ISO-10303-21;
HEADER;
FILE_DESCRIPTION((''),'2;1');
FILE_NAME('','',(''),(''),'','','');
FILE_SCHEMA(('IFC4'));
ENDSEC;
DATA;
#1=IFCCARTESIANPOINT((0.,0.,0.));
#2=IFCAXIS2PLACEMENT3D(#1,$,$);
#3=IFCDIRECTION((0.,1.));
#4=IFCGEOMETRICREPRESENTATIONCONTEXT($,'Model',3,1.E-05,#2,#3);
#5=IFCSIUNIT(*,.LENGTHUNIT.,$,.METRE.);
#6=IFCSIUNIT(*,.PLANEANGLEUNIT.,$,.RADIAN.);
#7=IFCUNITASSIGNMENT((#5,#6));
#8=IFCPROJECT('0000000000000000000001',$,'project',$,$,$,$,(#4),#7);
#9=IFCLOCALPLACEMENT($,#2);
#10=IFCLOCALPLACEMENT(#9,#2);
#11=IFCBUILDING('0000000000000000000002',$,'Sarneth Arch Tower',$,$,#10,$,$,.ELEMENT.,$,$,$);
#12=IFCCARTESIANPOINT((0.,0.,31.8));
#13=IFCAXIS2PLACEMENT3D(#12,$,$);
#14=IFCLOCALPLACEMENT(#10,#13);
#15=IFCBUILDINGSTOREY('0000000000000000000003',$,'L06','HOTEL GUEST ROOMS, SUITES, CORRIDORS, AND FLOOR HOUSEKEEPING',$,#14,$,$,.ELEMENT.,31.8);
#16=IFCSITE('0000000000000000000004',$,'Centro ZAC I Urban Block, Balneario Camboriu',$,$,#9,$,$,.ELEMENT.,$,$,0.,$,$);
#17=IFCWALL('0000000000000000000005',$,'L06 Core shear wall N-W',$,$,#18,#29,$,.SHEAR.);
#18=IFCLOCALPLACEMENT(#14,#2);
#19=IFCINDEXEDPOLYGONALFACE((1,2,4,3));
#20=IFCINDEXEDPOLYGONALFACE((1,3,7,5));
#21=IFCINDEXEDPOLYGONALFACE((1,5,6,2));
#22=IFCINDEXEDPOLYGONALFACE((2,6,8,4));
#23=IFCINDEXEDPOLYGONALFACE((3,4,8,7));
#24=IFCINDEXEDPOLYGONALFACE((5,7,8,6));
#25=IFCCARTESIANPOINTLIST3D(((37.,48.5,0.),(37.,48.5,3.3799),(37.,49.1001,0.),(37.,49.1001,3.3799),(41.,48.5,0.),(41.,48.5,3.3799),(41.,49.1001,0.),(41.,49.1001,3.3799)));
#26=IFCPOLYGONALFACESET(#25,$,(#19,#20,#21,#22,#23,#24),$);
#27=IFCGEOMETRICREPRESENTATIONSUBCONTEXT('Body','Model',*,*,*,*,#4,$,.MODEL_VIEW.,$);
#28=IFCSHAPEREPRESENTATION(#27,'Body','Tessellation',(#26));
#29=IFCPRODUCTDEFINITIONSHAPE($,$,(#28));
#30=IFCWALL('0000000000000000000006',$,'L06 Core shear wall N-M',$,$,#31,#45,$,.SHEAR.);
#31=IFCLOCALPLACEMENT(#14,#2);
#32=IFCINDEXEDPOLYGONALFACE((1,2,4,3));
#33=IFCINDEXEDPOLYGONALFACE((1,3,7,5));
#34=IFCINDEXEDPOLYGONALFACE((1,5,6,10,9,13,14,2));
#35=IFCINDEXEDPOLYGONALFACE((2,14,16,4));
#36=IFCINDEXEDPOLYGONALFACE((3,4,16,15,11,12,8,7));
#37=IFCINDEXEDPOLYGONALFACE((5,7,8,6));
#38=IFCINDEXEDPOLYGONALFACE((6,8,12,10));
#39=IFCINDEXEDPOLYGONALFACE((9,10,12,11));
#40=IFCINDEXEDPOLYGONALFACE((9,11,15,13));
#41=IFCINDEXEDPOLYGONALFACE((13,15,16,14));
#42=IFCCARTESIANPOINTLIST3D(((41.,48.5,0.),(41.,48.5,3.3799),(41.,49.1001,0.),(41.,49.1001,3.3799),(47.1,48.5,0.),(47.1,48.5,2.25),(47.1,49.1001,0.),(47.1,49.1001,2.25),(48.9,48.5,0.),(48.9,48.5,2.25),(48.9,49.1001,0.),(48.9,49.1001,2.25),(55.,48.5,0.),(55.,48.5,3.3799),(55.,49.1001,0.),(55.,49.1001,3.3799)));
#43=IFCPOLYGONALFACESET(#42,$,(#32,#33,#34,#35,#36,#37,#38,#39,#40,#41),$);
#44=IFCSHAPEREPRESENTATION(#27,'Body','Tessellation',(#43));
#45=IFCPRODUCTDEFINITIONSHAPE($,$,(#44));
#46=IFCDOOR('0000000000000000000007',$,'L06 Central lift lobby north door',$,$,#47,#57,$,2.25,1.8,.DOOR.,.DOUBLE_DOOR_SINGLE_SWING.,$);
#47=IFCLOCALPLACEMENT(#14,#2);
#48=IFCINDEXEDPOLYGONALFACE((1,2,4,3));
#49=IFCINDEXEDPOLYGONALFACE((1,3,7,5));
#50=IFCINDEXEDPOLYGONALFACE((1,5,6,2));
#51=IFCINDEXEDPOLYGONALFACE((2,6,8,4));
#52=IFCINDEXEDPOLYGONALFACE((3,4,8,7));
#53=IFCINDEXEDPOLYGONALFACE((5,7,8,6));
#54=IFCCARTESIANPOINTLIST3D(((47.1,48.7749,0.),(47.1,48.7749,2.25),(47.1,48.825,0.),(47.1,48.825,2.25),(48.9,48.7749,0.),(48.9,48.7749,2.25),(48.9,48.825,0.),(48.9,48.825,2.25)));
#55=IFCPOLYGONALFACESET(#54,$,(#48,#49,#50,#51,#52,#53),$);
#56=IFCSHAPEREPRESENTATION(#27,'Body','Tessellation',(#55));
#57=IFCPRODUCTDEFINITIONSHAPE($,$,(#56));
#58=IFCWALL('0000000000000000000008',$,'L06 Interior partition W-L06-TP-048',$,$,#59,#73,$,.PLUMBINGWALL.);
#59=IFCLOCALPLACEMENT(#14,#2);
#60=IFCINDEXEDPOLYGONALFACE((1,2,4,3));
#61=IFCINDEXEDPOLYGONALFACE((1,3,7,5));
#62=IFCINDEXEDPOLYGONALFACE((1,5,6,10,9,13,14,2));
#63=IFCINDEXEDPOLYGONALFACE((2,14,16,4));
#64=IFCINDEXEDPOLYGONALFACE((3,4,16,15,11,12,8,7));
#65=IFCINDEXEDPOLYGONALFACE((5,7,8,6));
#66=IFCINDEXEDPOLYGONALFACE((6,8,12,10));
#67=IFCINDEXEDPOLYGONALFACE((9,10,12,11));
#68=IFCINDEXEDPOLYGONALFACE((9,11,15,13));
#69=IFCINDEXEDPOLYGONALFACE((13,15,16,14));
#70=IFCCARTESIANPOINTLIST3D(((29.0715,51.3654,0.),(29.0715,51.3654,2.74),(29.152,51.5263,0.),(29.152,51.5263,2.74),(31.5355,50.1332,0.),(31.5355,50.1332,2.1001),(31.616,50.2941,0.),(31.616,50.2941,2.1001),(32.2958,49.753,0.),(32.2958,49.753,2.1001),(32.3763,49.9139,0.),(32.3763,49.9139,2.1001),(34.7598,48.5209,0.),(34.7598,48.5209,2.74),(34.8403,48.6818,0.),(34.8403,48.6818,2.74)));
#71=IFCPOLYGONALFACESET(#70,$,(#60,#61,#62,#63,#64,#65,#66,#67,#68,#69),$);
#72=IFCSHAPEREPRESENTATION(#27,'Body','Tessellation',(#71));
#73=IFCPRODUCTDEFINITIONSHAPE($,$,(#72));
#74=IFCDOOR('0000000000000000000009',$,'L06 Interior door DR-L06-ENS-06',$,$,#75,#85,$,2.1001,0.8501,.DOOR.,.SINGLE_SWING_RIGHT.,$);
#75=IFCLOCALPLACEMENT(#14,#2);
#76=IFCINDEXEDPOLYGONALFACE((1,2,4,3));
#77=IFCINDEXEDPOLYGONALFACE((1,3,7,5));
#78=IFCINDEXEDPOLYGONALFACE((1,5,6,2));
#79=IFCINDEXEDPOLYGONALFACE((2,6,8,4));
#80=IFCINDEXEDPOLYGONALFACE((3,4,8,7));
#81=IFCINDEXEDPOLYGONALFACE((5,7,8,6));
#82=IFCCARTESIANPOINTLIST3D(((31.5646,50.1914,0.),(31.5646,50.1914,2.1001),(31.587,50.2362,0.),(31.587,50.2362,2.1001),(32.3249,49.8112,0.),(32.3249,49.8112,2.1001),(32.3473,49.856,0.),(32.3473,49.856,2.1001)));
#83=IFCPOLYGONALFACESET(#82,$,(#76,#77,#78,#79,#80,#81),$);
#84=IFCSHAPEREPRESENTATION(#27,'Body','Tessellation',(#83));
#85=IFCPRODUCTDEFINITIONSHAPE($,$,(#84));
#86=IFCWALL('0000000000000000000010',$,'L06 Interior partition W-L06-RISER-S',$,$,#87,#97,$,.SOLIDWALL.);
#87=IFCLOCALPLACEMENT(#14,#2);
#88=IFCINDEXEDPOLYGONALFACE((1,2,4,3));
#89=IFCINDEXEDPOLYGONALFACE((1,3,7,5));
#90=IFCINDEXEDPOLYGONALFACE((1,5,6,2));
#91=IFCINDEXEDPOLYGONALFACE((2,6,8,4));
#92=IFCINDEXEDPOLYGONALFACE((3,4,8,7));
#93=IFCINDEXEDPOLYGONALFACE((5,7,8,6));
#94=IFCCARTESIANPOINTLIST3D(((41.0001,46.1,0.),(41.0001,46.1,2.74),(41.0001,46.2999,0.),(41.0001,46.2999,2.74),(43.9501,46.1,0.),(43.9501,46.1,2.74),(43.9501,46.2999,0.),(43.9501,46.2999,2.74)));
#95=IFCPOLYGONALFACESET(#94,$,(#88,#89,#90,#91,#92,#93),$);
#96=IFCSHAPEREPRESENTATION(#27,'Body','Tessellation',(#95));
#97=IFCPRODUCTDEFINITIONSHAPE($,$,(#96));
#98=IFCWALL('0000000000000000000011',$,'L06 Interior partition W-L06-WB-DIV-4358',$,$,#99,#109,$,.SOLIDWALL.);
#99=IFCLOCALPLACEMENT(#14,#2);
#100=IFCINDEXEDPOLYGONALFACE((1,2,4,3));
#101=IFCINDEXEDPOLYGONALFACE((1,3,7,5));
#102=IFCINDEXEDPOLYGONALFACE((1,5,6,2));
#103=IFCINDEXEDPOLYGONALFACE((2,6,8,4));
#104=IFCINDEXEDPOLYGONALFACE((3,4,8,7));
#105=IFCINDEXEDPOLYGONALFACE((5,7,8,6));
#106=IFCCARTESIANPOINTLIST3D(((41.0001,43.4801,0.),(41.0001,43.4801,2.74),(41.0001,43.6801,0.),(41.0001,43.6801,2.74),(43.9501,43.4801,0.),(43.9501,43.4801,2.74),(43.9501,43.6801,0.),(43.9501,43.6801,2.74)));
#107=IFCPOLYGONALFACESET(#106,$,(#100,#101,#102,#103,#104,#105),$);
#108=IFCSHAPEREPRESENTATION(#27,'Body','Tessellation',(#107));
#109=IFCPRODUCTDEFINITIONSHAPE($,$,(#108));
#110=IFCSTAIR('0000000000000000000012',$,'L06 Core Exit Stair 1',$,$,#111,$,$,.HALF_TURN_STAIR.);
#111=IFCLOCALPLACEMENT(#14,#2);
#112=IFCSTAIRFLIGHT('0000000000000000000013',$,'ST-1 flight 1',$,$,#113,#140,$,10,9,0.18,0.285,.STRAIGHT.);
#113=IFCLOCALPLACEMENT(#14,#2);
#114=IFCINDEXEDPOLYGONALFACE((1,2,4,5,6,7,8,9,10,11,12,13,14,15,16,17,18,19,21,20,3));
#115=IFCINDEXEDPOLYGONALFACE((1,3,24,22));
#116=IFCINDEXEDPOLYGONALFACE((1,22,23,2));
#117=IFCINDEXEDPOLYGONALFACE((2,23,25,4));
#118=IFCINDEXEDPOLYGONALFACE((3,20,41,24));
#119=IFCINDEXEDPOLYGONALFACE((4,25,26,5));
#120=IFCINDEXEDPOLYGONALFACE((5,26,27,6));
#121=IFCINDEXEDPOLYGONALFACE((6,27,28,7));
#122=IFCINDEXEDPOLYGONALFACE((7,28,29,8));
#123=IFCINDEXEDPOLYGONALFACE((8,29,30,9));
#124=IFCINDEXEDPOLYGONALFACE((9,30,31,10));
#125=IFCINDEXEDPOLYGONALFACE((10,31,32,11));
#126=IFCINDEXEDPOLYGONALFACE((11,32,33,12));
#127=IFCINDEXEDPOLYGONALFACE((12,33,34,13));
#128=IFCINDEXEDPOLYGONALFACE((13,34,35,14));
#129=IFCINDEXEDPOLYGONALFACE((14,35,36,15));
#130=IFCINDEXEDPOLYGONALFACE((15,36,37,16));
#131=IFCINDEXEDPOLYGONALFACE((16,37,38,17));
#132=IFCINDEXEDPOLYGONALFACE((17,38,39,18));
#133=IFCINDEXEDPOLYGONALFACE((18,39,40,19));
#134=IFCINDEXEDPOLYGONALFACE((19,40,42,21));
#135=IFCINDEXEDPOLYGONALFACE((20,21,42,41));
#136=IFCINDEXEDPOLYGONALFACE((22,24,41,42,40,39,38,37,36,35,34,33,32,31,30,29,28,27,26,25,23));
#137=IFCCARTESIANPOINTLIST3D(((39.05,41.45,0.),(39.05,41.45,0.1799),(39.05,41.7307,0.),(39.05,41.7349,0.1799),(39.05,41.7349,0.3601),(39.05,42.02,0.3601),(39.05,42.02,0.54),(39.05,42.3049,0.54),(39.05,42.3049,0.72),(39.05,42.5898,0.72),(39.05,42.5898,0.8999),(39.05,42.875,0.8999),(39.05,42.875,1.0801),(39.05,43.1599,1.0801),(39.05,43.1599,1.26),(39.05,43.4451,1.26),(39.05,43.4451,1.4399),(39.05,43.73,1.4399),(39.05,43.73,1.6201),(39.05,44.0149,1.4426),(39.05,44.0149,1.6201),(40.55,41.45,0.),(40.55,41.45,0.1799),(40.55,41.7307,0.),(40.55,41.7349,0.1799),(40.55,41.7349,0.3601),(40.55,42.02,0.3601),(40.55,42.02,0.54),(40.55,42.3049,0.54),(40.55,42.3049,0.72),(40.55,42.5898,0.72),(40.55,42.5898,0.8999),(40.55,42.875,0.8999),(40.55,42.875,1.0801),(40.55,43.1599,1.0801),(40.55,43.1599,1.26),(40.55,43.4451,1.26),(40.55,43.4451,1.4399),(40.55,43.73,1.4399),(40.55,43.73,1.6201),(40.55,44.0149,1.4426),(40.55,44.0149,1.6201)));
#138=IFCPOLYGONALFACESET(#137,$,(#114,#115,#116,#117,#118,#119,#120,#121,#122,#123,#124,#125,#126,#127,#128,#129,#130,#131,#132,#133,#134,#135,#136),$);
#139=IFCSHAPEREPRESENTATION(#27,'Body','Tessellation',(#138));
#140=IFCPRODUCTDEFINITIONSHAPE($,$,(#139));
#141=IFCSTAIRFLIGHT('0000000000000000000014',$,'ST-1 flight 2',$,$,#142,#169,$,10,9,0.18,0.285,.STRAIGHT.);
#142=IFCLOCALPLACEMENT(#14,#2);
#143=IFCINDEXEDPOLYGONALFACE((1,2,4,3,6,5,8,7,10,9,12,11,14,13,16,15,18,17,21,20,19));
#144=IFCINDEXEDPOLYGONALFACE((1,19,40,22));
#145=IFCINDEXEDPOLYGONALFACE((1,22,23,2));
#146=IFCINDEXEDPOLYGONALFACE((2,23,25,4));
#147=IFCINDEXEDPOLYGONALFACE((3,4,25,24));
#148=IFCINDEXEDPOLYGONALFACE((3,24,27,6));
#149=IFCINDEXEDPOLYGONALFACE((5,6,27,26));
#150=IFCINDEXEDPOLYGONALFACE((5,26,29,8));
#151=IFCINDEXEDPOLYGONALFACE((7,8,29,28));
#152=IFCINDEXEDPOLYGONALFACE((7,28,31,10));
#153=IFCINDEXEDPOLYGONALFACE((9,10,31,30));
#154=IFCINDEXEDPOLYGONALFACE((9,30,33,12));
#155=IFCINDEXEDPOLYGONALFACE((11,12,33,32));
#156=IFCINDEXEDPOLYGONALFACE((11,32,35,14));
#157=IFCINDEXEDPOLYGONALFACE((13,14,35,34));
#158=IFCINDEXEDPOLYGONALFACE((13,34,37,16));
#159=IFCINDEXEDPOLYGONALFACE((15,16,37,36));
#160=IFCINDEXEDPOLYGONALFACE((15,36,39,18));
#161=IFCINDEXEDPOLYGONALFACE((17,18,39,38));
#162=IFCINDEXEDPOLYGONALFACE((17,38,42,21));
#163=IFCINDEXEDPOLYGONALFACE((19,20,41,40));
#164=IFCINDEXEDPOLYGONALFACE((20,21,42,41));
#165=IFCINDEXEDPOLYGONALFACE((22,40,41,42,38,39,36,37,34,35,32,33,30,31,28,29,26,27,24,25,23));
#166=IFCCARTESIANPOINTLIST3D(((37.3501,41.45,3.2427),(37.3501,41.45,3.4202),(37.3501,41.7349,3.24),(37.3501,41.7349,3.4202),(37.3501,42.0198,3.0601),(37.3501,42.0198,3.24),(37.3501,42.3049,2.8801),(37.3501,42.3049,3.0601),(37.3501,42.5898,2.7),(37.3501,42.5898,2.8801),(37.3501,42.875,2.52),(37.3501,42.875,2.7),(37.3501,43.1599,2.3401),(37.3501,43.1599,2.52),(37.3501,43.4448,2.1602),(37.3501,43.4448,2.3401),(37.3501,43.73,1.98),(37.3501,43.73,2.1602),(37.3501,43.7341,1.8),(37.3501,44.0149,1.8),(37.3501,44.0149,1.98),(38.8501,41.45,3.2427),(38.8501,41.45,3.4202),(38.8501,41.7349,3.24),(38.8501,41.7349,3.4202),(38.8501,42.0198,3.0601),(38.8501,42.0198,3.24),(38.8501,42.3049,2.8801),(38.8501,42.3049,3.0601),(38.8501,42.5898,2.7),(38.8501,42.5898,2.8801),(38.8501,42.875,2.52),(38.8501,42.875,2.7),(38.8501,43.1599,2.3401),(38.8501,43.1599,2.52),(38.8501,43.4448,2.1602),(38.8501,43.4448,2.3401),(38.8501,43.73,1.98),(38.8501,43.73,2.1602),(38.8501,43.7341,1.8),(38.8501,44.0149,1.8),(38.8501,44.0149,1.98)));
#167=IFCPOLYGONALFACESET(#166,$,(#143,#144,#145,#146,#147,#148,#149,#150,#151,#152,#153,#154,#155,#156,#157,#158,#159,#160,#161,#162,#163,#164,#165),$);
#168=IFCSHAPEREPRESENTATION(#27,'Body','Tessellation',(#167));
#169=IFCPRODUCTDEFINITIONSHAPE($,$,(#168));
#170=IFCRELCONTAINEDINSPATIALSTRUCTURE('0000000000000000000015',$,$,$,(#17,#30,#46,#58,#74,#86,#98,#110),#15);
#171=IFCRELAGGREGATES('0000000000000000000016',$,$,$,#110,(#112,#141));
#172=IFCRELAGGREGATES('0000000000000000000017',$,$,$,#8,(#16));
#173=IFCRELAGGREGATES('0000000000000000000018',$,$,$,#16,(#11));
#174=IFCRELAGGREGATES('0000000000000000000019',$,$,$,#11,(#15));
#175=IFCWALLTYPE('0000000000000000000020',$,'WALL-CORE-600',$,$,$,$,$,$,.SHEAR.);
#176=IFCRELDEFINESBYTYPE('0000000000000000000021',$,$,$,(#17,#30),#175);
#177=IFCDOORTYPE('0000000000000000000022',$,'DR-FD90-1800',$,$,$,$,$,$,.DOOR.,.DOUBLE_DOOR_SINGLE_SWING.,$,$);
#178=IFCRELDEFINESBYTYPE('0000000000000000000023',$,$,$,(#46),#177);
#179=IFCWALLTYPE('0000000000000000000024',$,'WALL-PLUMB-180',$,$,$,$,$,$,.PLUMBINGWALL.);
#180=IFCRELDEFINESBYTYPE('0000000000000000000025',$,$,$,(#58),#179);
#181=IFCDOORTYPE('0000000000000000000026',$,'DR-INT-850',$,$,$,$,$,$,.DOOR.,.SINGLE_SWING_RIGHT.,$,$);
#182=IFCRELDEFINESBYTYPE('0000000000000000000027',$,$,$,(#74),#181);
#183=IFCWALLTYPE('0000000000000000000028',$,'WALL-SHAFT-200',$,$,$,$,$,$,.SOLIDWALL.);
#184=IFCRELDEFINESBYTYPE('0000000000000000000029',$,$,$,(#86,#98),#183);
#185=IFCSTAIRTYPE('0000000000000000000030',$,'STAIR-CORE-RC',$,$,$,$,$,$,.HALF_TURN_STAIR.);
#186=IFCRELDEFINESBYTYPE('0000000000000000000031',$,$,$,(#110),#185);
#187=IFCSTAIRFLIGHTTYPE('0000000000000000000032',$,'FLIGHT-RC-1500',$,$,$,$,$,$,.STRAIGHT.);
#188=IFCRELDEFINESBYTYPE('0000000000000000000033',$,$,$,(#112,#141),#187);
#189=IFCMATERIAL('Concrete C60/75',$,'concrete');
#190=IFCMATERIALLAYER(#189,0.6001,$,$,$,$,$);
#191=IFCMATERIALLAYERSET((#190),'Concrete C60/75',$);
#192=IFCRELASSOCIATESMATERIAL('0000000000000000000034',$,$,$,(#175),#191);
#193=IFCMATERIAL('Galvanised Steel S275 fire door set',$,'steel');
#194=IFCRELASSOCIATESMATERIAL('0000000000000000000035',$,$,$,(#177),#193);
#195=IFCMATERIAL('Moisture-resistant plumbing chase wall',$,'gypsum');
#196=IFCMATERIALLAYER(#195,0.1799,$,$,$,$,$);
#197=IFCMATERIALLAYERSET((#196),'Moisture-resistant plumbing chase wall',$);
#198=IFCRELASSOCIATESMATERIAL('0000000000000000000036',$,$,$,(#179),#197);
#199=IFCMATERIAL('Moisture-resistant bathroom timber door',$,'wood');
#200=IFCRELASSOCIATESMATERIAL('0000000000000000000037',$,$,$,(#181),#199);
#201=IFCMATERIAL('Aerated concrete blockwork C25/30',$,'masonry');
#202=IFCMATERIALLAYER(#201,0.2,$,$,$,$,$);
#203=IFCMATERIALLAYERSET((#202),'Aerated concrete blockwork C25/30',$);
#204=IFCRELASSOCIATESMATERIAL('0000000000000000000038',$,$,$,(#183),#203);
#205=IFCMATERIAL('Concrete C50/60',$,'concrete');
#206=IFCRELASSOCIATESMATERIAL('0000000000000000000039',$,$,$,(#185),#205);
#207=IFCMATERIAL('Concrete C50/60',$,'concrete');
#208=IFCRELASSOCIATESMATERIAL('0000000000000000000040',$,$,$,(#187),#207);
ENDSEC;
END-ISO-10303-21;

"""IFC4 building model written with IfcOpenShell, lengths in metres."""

from ifc_helpers import new_model, si_unit, direction, frame, frame_2d, origin, place, context, subcontext, project, spatial, polyline, rectangle, outline, extrude, material, layer, layer_set, type_object, element, fill, aggregate, save


model = new_model("IFC4")

# Units and contexts
model_context = context("Model", 3, precision=1e-05, world=origin(), true_north=direction((0.0, 1.0)))
body_context = subcontext(model_context, "Body", "Model", "MODEL_VIEW")
ifc_project = project(units=[si_unit("LENGTHUNIT", "METRE"), si_unit("PLANEANGLEUNIT", "RADIAN")], contexts=[model_context])

# Site, building, storey
site_placement = place(None, origin())
site = spatial("IfcSite", under=ifc_project, at=site_placement, Name="Centro ZAC I Urban Block, Balneario Camboriu", CompositionType="ELEMENT", RefElevation=0.0)
building_placement = place(site_placement, origin())
building = spatial("IfcBuilding", under=site, at=building_placement, Name="Sarneth Arch Tower", CompositionType="ELEMENT")
storey_placement = place(building_placement, frame((0.0, 0.0, 31.8)))
storey = spatial("IfcBuildingStorey", under=building, at=storey_placement, Name="L06", Description="HOTEL GUEST ROOMS, SUITES, CORRIDORS, AND FLOOR HOUSEKEEPING", CompositionType="ELEMENT", Elevation=31.8)

# Wall
ifc_material_1 = material(Name="Concrete C60/75", Category="concrete")
ifc_layer_1 = layer(ifc_material_1, 0.6001)
ifc_layer_set_1 = layer_set([ifc_layer_1], Name="Concrete C60/75")
wall_type_1 = type_object("IfcWallType", Name="WALL-CORE-600", PredefinedType="SHEAR", material=ifc_layer_set_1)
wall_1_placement = place(storey_placement, frame((37.0, 48.8, 0.0), z_axis=(0.0, 0.0, 1.0), x_axis=(1.0, 0.0, 0.0)))
element("IfcWall", 1, at=wall_1_placement, inside=storey, type_object=wall_type_1, Name="L06 Core shear wall N-W", PredefinedType="SHEAR", context=body_context, shape_type="SweptSolid", body=[
    extrude(rectangle(XDim=4.0, YDim=0.6001, at=frame_2d((2.0, 0.0))), origin(), (0.0, 0.0, 1.0), 3.3799),
])

# Walls, openings, doors
wall_2_placement = place(storey_placement, frame((41.0, 48.8, 0.0), z_axis=(0.0, 0.0, 1.0), x_axis=(1.0, 0.0, 0.0)))
wall_2 = element("IfcWall", 2, at=wall_2_placement, inside=storey, type_object=wall_type_1, Name="L06 Core shear wall N-M", PredefinedType="SHEAR", context=body_context, shape_type="SweptSolid", body=[
    extrude(rectangle(XDim=14.0, YDim=0.6001, at=frame_2d((7.0, 0.0))), origin(), (0.0, 0.0, 1.0), 3.3799),
])
opening_1_placement = place(wall_2_placement, frame((6.1001, 0.0, 0.0)))
opening_1 = element("IfcOpeningElement", 3, at=opening_1_placement, cuts=wall_2, PredefinedType="OPENING", context=body_context, shape_type="SweptSolid", body=[
    extrude(rectangle(XDim=1.8, YDim=2.25, at=frame_2d((0.8999, 1.125))), frame((0.0, 0.3101, 0.0), z_axis=(0.0, -1.0, 0.0), x_axis=(1.0, 0.0, 0.0)), (0.0, 0.0, 1.0), 0.6201),
])
ifc_material_2 = material(Name="Galvanised Steel S275 fire door set", Category="steel")
door_type_1 = type_object("IfcDoorType", Name="DR-FD90-1800", OperationType="DOUBLE_DOOR_SINGLE_SWING", PredefinedType="DOOR", material=ifc_material_2)
door_1_placement = place(opening_1_placement, origin())
door_1 = element("IfcDoor", 4, at=door_1_placement, inside=storey, type_object=door_type_1, Name="L06 Central lift lobby north door", OperationType="DOUBLE_DOOR_SINGLE_SWING", OverallHeight=2.25, OverallWidth=1.8, PredefinedType="DOOR", context=body_context, shape_type="SweptSolid", body=[
    extrude(rectangle(XDim=1.8, YDim=2.25, at=frame_2d((0.8999, 1.125))), frame((0.0, 0.0249, 0.0), z_axis=(0.0, -1.0, 0.0), x_axis=(1.0, 0.0, 0.0)), (0.0, 0.0, 1.0), 0.05),
])
fill(opening_1, door_1)
ifc_material_3 = material(Name="Moisture-resistant plumbing chase wall", Category="gypsum")
ifc_layer_2 = layer(ifc_material_3, 0.1799)
ifc_layer_set_2 = layer_set([ifc_layer_2], Name="Moisture-resistant plumbing chase wall")
wall_type_2 = type_object("IfcWallType", Name="WALL-PLUMB-180", PredefinedType="PLUMBINGWALL", material=ifc_layer_set_2)
wall_3_placement = place(storey_placement, frame((34.8, 48.6013, 0.0), z_axis=(0.0, 0.0, 1.0), x_axis=(-0.894404, 0.44726, 0.0)))
wall_3 = element("IfcWall", 5, at=wall_3_placement, inside=storey, type_object=wall_type_2, Name="L06 Interior partition W-L06-TP-048", PredefinedType="PLUMBINGWALL", context=body_context, shape_type="SweptSolid", body=[
    extrude(rectangle(XDim=6.3599, YDim=0.1799, at=frame_2d((3.1799, 0.0))), origin(), (0.0, 0.0, 1.0), 2.74),
])
opening_2_placement = place(wall_3_placement, frame((2.7549, 0.0, 0.0)))
opening_2 = element("IfcOpeningElement", 6, at=opening_2_placement, cuts=wall_3, PredefinedType="OPENING", context=body_context, shape_type="SweptSolid", body=[
    extrude(rectangle(XDim=0.8501, YDim=2.1001, at=frame_2d((0.425, 1.05))), frame((0.0, 0.0999, 0.0), z_axis=(0.0, -1.0, 0.0), x_axis=(1.0, 0.0, 0.0)), (0.0, 0.0, 1.0), 0.2),
])
ifc_material_4 = material(Name="Moisture-resistant bathroom timber door", Category="wood")
door_type_2 = type_object("IfcDoorType", Name="DR-INT-850", OperationType="SINGLE_SWING_RIGHT", PredefinedType="DOOR", material=ifc_material_4)
door_2_placement = place(opening_2_placement, origin())
door_2 = element("IfcDoor", 7, at=door_2_placement, inside=storey, type_object=door_type_2, Name="L06 Interior door DR-L06-ENS-06", OperationType="SINGLE_SWING_RIGHT", OverallHeight=2.1001, OverallWidth=0.8501, PredefinedType="DOOR", context=body_context, shape_type="SweptSolid", body=[
    extrude(rectangle(XDim=0.8501, YDim=2.1001, at=frame_2d((0.425, 1.05))), frame((0.0, 0.0249, 0.0), z_axis=(0.0, -1.0, 0.0), x_axis=(1.0, 0.0, 0.0)), (0.0, 0.0, 1.0), 0.05),
])
fill(opening_2, door_2)

# Wall
ifc_material_5 = material(Name="Aerated concrete blockwork C25/30", Category="masonry")
ifc_layer_3 = layer(ifc_material_5, 0.2)
ifc_layer_set_3 = layer_set([ifc_layer_3], Name="Aerated concrete blockwork C25/30")
wall_type_3 = type_object("IfcWallType", Name="WALL-SHAFT-200", PredefinedType="SOLIDWALL", material=ifc_layer_set_3)
wall_4_placement = place(storey_placement, frame((41.0, 46.2, 0.0), z_axis=(0.0, 0.0, 1.0), x_axis=(1.0, 0.0, 0.0)))
element("IfcWall", 8, at=wall_4_placement, inside=storey, type_object=wall_type_3, Name="L06 Interior partition W-L06-RISER-S", PredefinedType="SOLIDWALL", context=body_context, shape_type="SweptSolid", body=[
    extrude(rectangle(XDim=2.95, YDim=0.2, at=frame_2d((1.4751, 0.0))), origin(), (0.0, 0.0, 1.0), 2.74),
])

# Wall
wall_5_placement = place(storey_placement, frame((41.0, 43.5801, 0.0), z_axis=(0.0, 0.0, 1.0), x_axis=(1.0, 0.0, 0.0)))
element("IfcWall", 9, at=wall_5_placement, inside=storey, type_object=wall_type_3, Name="L06 Interior partition W-L06-WB-DIV-4358", PredefinedType="SOLIDWALL", context=body_context, shape_type="SweptSolid", body=[
    extrude(rectangle(XDim=2.95, YDim=0.2, at=frame_2d((1.4751, 0.0))), origin(), (0.0, 0.0, 1.0), 2.74),
])

# Stair, stair flights
ifc_material_6 = material(Name="Concrete C50/60", Category="concrete")
stair_type = type_object("IfcStairType", Name="STAIR-CORE-RC", PredefinedType="HALF_TURN_STAIR", material=ifc_material_6)
stair_placement = place(storey_placement, origin())
stair = element("IfcStair", 10, at=stair_placement, inside=storey, type_object=stair_type, Name="L06 Core Exit Stair 1", PredefinedType="HALF_TURN_STAIR")
ifc_material_7 = material(Name="Concrete C50/60", Category="concrete")
stair_flight_type = type_object("IfcStairFlightType", Name="FLIGHT-RC-1500", PredefinedType="STRAIGHT", material=ifc_material_7)
stair_flight_1_placement = place(storey_placement, frame((39.8, 41.45, 0.0), z_axis=(0.0, 0.0, 1.0), x_axis=(0.0, 1.0, 0.0)))
stair_flight_1 = element("IfcStairFlight", 11, at=stair_flight_1_placement, type_object=stair_flight_type, Name="ST-1 flight 1", NumberOfRisers=10, NumberOfTreads=9, PredefinedType="STRAIGHT", RiserHeight=0.18, TreadLength=0.285, context=body_context, shape_type="SweptSolid", body=[
    extrude(outline(polyline([(0.0, 0.0), (0.0, 0.1799), (0.2849, 0.1799), (0.2849, 0.3601), (0.5701, 0.3601), (0.5701, 0.54), (0.855, 0.54), (0.855, 0.72), (1.1399, 0.72), (1.1399, 0.8999), (1.425, 0.8999), (1.425, 1.0801), (1.71, 1.0801), (1.71, 1.26), (1.9951, 1.26), (1.9951, 1.4399), (2.28, 1.4399), (2.28, 1.6201), (2.5649, 1.6201), (2.5649, 1.8), (2.5649, 1.4426), (0.2808, 0.0), (0.0, 0.0)])), frame((0.0, 0.75, 0.0), z_axis=(0.0, -1.0, 0.0), x_axis=(1.0, 0.0, 0.0)), (0.0, 0.0, 1.0), 1.5),
])
stair_flight_2_placement = place(storey_placement, frame((38.1001, 44.0149, 1.8), z_axis=(0.0, 0.0, 1.0), x_axis=(0.0, -1.0, 0.0)))
stair_flight_2 = element("IfcStairFlight", 12, at=stair_flight_2_placement, type_object=stair_flight_type, Name="ST-1 flight 2", NumberOfRisers=10, NumberOfTreads=9, PredefinedType="STRAIGHT", RiserHeight=0.18, TreadLength=0.285, context=body_context, shape_type="SweptSolid", body=[
    extrude(outline(polyline([(0.0, 0.0), (0.0, 0.1799), (0.2849, 0.1799), (0.2849, 0.3601), (0.5701, 0.3601), (0.5701, 0.54), (0.855, 0.54), (0.855, 0.72), (1.1399, 0.72), (1.1399, 0.8999), (1.425, 0.8999), (1.425, 1.0801), (1.71, 1.0801), (1.71, 1.26), (1.9951, 1.26), (1.9951, 1.4399), (2.28, 1.4399), (2.28, 1.6201), (2.5649, 1.6201), (2.5649, 1.8), (2.5649, 1.4426), (0.2808, 0.0), (0.0, 0.0)])), frame((0.0, 0.75, 0.0), z_axis=(0.0, -1.0, 0.0), x_axis=(1.0, 0.0, 0.0)), (0.0, 0.0, 1.0), 1.5),
])
aggregate(stair, [stair_flight_1, stair_flight_2])

save(model, "model.ifc")
